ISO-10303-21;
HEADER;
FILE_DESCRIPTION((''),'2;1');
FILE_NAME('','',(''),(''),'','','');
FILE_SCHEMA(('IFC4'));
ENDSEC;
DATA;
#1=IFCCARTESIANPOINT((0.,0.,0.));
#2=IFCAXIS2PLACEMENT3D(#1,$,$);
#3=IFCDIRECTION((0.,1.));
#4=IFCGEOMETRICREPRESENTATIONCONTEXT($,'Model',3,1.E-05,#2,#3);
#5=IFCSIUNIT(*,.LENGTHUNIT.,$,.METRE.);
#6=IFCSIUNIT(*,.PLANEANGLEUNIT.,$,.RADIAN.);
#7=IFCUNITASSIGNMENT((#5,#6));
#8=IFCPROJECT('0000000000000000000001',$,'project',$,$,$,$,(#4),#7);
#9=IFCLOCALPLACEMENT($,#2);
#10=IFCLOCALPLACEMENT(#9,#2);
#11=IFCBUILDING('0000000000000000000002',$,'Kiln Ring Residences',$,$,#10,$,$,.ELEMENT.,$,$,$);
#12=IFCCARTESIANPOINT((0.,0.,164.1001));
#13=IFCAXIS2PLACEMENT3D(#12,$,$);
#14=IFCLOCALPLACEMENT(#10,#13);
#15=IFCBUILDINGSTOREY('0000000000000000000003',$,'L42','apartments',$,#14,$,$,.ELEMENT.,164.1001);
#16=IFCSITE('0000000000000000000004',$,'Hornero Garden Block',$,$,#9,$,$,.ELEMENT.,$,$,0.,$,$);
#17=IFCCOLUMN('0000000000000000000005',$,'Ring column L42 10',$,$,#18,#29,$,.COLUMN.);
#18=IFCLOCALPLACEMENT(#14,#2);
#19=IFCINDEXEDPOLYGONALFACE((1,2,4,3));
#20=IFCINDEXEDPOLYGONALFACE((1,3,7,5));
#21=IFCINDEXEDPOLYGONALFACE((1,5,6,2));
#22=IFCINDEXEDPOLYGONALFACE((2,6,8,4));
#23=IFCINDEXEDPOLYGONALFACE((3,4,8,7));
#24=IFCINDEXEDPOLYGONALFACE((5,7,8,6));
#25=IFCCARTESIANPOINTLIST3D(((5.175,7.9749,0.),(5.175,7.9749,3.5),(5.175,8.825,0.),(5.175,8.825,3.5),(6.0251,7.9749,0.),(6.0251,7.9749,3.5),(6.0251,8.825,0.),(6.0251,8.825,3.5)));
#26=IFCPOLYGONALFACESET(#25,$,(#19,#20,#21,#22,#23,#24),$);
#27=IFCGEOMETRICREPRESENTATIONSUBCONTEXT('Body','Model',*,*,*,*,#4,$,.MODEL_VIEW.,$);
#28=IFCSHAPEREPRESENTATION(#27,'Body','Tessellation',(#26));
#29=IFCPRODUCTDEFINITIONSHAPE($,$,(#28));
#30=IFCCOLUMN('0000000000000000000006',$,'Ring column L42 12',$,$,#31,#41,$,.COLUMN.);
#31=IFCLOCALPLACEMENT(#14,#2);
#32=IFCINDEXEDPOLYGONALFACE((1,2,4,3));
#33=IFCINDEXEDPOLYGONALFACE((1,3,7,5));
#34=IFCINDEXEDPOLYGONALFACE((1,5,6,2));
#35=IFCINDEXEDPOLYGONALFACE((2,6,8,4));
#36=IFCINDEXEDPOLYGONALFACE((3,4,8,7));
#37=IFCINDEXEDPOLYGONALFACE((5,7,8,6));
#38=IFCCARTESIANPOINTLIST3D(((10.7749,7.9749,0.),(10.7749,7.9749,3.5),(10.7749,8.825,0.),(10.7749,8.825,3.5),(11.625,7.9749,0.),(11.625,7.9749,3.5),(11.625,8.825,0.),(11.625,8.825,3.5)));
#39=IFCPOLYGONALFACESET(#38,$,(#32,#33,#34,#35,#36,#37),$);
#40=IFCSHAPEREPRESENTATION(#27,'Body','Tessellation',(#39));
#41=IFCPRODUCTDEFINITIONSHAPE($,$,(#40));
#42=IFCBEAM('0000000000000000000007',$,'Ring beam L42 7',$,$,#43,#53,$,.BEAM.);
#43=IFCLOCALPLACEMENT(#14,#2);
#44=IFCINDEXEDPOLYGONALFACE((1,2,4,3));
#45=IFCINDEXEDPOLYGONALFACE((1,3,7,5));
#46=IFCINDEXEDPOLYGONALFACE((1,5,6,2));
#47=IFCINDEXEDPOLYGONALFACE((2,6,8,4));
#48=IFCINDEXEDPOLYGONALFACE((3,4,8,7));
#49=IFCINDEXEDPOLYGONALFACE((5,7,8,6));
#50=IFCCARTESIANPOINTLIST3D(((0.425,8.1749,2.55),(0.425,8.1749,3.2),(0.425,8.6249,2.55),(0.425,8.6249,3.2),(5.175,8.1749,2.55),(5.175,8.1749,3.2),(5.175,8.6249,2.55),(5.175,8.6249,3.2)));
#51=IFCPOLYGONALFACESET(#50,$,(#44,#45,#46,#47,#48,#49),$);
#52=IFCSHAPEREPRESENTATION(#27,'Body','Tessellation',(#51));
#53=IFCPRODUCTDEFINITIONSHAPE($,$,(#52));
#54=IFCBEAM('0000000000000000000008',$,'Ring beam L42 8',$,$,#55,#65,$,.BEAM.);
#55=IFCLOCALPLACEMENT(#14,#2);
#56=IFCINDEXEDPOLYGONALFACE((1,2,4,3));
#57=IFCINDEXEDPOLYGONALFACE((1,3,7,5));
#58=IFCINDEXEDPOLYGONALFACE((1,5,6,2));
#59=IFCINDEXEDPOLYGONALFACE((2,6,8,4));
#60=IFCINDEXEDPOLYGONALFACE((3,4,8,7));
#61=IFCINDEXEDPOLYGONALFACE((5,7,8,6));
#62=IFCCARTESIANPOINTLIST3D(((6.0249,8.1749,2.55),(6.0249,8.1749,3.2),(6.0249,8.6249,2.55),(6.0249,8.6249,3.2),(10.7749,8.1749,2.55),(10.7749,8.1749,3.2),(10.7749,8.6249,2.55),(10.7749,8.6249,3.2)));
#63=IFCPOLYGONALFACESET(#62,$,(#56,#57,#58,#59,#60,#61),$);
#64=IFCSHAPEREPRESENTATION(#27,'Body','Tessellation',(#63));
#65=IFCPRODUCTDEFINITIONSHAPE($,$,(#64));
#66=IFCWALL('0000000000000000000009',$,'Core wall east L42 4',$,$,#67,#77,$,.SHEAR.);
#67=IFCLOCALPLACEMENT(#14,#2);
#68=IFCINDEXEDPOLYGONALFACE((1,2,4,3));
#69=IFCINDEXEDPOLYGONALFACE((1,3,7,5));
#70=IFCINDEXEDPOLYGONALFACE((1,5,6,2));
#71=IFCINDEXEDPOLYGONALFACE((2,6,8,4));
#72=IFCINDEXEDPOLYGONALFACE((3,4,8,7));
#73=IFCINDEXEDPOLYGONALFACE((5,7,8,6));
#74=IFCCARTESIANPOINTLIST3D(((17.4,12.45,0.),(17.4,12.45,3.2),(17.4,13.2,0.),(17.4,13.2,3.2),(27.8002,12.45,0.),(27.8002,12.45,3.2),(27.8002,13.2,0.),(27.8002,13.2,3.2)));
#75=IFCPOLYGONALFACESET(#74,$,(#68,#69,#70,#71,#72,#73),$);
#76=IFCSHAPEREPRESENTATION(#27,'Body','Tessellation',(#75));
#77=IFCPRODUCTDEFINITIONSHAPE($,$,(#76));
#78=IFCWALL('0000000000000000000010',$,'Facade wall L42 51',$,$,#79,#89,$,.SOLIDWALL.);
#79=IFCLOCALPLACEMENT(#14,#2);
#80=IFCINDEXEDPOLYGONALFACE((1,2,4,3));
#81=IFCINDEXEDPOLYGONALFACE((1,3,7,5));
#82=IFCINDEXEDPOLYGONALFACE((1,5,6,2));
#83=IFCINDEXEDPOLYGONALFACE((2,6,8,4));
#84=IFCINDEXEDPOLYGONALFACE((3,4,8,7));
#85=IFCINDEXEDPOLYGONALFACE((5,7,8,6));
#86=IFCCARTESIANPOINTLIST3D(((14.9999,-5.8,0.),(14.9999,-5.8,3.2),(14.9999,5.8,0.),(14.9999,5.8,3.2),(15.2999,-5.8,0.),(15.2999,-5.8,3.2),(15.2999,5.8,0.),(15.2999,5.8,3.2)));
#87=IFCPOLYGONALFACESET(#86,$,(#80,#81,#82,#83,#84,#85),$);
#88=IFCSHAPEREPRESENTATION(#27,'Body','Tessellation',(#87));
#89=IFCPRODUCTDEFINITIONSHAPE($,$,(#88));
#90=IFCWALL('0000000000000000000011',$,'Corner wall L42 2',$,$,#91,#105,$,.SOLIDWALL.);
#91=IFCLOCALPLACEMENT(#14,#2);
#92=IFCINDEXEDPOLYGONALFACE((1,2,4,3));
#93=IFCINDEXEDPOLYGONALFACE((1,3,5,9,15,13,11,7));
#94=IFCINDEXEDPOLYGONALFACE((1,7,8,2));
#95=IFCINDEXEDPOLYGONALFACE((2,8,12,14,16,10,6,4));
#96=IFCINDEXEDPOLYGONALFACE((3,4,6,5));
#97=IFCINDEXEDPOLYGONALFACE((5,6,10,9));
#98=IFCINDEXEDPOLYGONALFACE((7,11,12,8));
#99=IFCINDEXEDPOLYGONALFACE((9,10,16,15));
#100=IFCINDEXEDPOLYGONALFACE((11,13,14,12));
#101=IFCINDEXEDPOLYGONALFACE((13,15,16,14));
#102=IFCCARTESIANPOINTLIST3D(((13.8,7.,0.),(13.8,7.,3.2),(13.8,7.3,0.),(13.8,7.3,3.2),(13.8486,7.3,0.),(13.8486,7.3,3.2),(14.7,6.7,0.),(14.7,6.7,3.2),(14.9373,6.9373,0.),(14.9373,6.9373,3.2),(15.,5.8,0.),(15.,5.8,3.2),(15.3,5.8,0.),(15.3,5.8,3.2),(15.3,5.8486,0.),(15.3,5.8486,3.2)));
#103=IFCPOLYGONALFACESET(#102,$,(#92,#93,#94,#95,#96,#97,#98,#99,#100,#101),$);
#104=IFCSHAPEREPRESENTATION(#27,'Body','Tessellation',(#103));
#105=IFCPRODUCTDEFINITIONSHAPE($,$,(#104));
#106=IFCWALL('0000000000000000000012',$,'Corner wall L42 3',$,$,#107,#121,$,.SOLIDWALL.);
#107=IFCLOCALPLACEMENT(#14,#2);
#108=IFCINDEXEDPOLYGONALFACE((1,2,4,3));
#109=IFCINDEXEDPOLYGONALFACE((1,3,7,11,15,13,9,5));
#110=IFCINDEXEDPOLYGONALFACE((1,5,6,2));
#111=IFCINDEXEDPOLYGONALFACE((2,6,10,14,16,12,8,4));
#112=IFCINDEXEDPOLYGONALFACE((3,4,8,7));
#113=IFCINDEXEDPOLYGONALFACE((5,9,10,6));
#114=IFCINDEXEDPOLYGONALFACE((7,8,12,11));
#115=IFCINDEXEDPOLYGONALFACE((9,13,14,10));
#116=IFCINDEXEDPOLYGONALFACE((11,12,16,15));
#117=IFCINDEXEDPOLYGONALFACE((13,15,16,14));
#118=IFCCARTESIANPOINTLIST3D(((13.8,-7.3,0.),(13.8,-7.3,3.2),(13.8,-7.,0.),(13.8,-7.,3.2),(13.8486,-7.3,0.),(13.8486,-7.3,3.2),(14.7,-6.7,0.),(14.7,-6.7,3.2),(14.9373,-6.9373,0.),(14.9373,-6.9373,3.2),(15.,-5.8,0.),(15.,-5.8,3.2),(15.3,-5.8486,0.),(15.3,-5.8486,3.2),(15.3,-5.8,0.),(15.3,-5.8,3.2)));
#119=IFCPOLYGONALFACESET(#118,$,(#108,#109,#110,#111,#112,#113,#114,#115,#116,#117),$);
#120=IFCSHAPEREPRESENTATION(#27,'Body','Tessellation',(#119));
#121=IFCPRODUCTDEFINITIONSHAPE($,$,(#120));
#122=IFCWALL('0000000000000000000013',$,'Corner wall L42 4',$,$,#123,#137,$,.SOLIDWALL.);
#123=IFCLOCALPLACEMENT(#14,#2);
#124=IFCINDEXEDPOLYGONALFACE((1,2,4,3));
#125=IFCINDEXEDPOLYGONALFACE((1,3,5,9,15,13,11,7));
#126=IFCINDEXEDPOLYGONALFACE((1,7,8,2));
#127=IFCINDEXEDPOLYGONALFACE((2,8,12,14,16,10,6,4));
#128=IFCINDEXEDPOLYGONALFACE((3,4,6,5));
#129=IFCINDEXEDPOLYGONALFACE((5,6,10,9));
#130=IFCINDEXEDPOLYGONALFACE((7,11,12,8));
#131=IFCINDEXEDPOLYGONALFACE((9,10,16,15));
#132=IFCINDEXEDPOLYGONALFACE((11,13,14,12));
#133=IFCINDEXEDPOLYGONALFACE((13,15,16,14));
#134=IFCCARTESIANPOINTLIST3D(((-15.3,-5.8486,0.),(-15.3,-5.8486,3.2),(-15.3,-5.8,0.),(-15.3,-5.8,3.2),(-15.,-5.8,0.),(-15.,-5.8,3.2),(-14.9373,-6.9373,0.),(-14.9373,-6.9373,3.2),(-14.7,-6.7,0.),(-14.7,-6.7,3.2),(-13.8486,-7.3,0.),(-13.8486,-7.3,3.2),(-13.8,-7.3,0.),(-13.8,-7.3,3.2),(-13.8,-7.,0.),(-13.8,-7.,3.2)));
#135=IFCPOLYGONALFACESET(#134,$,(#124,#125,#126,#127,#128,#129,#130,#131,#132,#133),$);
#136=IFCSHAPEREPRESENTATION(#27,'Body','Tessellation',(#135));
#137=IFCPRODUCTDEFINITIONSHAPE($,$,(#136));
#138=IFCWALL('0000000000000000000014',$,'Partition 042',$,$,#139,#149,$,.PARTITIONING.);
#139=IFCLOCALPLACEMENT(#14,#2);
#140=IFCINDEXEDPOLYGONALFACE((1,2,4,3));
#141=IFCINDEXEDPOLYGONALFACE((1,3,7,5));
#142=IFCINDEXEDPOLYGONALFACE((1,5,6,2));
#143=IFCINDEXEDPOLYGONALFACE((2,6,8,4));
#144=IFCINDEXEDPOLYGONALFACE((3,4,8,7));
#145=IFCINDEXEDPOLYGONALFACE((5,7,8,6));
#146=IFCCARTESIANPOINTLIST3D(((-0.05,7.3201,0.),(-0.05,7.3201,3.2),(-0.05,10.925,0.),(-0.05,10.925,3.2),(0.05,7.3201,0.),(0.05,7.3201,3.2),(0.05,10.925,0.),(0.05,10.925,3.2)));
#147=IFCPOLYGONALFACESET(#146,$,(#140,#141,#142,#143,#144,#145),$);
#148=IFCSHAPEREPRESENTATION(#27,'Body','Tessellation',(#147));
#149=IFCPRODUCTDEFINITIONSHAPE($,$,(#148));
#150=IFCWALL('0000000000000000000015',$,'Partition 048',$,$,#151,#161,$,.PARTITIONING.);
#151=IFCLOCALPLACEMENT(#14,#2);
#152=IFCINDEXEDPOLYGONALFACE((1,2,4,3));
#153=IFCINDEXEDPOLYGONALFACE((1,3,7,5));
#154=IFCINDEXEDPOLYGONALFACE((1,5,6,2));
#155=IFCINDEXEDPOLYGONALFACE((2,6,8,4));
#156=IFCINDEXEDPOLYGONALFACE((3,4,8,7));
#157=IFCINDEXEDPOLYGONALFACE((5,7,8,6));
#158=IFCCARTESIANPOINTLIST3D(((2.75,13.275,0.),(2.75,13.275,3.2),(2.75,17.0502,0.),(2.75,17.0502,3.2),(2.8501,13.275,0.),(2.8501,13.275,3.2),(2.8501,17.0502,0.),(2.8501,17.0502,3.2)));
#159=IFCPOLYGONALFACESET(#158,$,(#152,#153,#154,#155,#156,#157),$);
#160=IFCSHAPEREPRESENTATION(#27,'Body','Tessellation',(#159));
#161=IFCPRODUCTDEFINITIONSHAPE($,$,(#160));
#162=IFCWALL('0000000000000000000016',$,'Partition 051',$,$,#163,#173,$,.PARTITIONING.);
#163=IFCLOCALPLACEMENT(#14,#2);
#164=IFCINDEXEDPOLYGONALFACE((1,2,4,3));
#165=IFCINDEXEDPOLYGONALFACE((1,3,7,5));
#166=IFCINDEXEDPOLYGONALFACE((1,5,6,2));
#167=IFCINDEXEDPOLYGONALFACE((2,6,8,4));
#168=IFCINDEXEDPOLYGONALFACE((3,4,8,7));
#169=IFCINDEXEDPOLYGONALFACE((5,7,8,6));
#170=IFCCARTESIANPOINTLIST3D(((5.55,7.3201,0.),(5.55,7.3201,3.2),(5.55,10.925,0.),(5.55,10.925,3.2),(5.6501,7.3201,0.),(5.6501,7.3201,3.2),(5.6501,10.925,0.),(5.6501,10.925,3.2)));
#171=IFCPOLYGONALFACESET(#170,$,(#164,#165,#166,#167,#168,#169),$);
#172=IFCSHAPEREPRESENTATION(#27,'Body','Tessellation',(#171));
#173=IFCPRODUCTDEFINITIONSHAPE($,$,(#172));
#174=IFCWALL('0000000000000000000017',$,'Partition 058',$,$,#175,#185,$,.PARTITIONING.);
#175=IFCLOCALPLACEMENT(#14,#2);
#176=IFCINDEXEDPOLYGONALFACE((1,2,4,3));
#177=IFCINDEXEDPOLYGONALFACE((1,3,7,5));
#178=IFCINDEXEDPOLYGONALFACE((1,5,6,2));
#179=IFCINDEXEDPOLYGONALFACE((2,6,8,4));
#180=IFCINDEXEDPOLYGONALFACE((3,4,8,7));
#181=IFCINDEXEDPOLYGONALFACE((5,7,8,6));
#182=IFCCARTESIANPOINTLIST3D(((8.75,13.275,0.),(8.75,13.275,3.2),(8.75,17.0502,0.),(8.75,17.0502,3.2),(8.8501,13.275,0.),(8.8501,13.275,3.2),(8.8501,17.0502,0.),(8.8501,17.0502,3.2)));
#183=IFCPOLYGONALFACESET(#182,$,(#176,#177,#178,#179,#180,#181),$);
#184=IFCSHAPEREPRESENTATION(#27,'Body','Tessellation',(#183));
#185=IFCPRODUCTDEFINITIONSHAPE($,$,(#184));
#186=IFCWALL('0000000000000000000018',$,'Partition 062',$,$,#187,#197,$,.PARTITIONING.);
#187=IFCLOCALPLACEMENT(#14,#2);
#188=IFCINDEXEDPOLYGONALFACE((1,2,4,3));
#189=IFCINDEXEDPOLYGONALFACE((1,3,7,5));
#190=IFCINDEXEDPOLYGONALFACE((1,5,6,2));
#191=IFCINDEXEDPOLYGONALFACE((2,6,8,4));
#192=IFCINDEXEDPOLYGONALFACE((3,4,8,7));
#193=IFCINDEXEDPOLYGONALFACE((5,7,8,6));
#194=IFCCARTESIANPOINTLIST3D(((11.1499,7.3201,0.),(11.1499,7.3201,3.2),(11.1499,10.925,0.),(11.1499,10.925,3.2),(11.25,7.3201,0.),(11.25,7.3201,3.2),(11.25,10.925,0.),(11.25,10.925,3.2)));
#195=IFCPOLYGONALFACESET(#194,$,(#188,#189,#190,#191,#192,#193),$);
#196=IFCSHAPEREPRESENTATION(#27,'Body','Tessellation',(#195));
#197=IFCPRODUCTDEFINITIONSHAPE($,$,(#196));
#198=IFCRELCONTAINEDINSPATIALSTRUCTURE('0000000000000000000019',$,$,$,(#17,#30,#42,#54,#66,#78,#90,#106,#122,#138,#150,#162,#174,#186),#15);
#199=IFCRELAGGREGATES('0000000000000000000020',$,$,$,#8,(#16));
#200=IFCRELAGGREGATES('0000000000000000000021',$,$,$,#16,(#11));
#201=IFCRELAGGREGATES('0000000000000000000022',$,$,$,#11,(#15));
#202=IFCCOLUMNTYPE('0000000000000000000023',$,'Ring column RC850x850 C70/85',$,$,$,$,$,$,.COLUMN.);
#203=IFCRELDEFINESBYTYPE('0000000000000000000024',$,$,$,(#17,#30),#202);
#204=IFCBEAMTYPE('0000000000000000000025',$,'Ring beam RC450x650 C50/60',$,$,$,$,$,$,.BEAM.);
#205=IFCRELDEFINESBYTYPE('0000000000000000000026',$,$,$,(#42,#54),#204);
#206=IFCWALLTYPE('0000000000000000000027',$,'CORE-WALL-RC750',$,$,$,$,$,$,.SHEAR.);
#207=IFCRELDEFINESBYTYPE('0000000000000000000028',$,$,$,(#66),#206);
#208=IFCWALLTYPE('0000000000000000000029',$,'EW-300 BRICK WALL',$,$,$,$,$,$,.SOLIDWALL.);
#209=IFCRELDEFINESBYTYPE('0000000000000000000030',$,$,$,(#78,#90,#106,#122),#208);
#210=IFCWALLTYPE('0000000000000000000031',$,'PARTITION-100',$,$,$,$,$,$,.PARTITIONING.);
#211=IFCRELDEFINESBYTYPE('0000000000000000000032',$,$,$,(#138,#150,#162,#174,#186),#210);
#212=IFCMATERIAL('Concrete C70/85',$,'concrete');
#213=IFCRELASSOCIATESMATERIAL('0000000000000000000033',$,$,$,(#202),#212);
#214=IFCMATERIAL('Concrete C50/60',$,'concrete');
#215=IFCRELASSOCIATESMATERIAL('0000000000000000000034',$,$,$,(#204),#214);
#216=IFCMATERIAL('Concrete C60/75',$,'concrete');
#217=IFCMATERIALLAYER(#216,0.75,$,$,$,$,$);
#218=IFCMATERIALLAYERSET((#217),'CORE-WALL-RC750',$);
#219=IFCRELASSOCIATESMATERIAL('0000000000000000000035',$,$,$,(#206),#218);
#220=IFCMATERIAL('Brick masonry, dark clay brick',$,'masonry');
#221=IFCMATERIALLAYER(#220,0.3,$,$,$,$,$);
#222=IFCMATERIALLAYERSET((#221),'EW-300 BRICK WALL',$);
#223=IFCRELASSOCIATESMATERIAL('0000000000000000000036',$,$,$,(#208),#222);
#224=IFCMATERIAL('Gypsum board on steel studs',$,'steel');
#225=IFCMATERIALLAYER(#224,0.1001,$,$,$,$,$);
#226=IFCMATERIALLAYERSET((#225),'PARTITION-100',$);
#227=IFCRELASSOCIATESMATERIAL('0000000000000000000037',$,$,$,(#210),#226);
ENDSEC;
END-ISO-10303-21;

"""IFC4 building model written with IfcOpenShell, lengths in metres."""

from ifc_helpers import new_model, si_unit, direction, frame, frame_2d, origin, origin_2d, place, context, subcontext, project, spatial, polyline, rectangle, outline, extrude, material, layer, layer_set, material_profile, profile_set, type_object, element, save


model = new_model("IFC4")

# Units and contexts
model_context = context("Model", 3, precision=1e-05, world=origin(), true_north=direction((0.0, 1.0)))
body_context = subcontext(model_context, "Body", "Model", "MODEL_VIEW")
ifc_project = project(units=[si_unit("LENGTHUNIT", "METRE"), si_unit("PLANEANGLEUNIT", "RADIAN")], contexts=[model_context])

# Site, building, storey
site_placement = place(None, origin())
site = spatial("IfcSite", under=ifc_project, at=site_placement, Name="Hornero Garden Block", CompositionType="ELEMENT", RefElevation=0.0)
building_placement = place(site_placement, origin())
building = spatial("IfcBuilding", under=site, at=building_placement, Name="Kiln Ring Residences", CompositionType="ELEMENT")
storey_placement = place(building_placement, frame((0.0, 0.0, 164.1001)))
storey = spatial("IfcBuildingStorey", under=building, at=storey_placement, Name="L42", Description="apartments", CompositionType="ELEMENT", Elevation=164.1001)

# Columns
ifc_material_1 = material(Name="Concrete C70/85", Category="concrete")
ifc_material_profile_1 = material_profile(ifc_material_1, rectangle(XDim=0.8501, YDim=0.8501, at=origin_2d()), Name="RC850x850")
ifc_profile_set_1 = profile_set([ifc_material_profile_1], Name="Concrete C70/85")
column_type = type_object("IfcColumnType", Name="Ring column RC850x850 C70/85", PredefinedType="COLUMN", material=ifc_profile_set_1)
for number, where, z_axis, x_axis, name in (
    (1, (5.6001, 8.3999, 0.0), (0.0, 0.0, 1.0), (1.0, 0.0, 0.0), "Ring column L42 10"),
    (2, (11.2, 8.3999, 0.0), (0.0, 0.0, 1.0), (1.0, 0.0, 0.0), "Ring column L42 12"),
):
    element("IfcColumn", number, at=place(storey_placement, frame(where, z_axis=z_axis, x_axis=x_axis)), inside=storey, type_object=column_type, Name=name, PredefinedType="COLUMN", context=body_context, shape_type="SweptSolid", body=[
        extrude(rectangle(XDim=0.8501, YDim=0.8501, at=origin_2d()), origin(), (0.0, 0.0, 1.0), 3.5),
    ])

# Beams
ifc_material_2 = material(Name="Concrete C50/60", Category="concrete")
ifc_material_profile_2 = material_profile(ifc_material_2, rectangle(XDim=0.45, YDim=0.6499, at=origin_2d()), Name="RC450x650")
ifc_profile_set_2 = profile_set([ifc_material_profile_2], Name="Concrete C50/60")
beam_type = type_object("IfcBeamType", Name="Ring beam RC450x650 C50/60", PredefinedType="BEAM", material=ifc_profile_set_2)
for number, where, z_axis, x_axis, name in (
    (3, (0.425, 8.3999, 2.875), (1.0, 0.0, 0.0), (0.0, 1.0, 0.0), "Ring beam L42 7"),
    (4, (6.0249, 8.3999, 2.875), (1.0, 0.0, 0.0), (0.0, 1.0, 0.0), "Ring beam L42 8"),
):
    element("IfcBeam", number, at=place(storey_placement, frame(where, z_axis=z_axis, x_axis=x_axis)), inside=storey, type_object=beam_type, Name=name, PredefinedType="BEAM", context=body_context, shape_type="SweptSolid", body=[
        extrude(rectangle(XDim=0.45, YDim=0.6499, at=origin_2d()), origin(), (0.0, 0.0, 1.0), 4.75),
    ])

# Walls
ifc_material_3 = material(Name="Concrete C60/75", Category="concrete")
ifc_layer_1 = layer(ifc_material_3, 0.75)
ifc_layer_set_1 = layer_set([ifc_layer_1], Name="CORE-WALL-RC750")
wall_type_1 = type_object("IfcWallType", Name="CORE-WALL-RC750", PredefinedType="SHEAR", material=ifc_layer_set_1)
wall_1_placement = place(storey_placement, frame((17.3999, 12.825, 0.0), z_axis=(0.0, 0.0, 1.0), x_axis=(1.0, 0.0, 0.0)))
element("IfcWall", 5, at=wall_1_placement, inside=storey, type_object=wall_type_1, Name="Core wall east L42 4", PredefinedType="SHEAR", context=body_context, shape_type="SweptSolid", body=[
    extrude(rectangle(XDim=10.4001, YDim=0.75, at=frame_2d((5.2002, 0.0))), origin(), (0.0, 0.0, 1.0), 3.2),
])
ifc_material_4 = material(Name="Brick masonry, dark clay brick", Category="masonry")
ifc_layer_2 = layer(ifc_material_4, 0.3)
ifc_layer_set_2 = layer_set([ifc_layer_2], Name="EW-300 BRICK WALL")
wall_type_2 = type_object("IfcWallType", Name="EW-300 BRICK WALL", PredefinedType="SOLIDWALL", material=ifc_layer_set_2)
wall_2_placement = place(storey_placement, frame((15.1499, 5.8, 0.0), z_axis=(0.0, 0.0, 1.0), x_axis=(0.0, -1.0, 0.0)))
element("IfcWall", 6, at=wall_2_placement, inside=storey, type_object=wall_type_2, Name="Facade wall L42 51", PredefinedType="SOLIDWALL", context=body_context, shape_type="SweptSolid", body=[
    extrude(rectangle(XDim=11.6001, YDim=0.3, at=frame_2d((5.8, 0.0))), origin(), (0.0, 0.0, 1.0), 3.2),
])
placement = place(storey_placement, origin())
element("IfcWall", 7, at=placement, inside=storey, type_object=wall_type_2, Name="Corner wall L42 2", PredefinedType="SOLIDWALL", context=body_context, shape_type="SweptSolid", body=[
    extrude(outline(polyline([(14.9373, 6.9373), (13.8486, 7.3), (13.8, 7.3), (13.8, 7.0), (14.7, 6.7), (15.0, 5.8), (15.3, 5.8), (15.3, 5.8486), (14.9373, 6.9373)])), origin(), (0.0, 0.0, 1.0), 3.2),
])
element("IfcWall", 8, at=placement, inside=storey, type_object=wall_type_2, Name="Corner wall L42 3", PredefinedType="SOLIDWALL", context=body_context, shape_type="SweptSolid", body=[
    extrude(outline(polyline([(14.9373, -6.9373), (15.3, -5.8486), (15.3, -5.8), (15.0, -5.8), (14.7, -6.7), (13.8, -7.0), (13.8, -7.3), (13.8486, -7.3), (14.9373, -6.9373)])), origin(), (0.0, 0.0, 1.0), 3.2),
])
element("IfcWall", 9, at=placement, inside=storey, type_object=wall_type_2, Name="Corner wall L42 4", PredefinedType="SOLIDWALL", context=body_context, shape_type="SweptSolid", body=[
    extrude(outline(polyline([(-14.9373, -6.9373), (-13.8486, -7.3), (-13.8, -7.3), (-13.8, -7.0), (-14.7, -6.7), (-15.0, -5.8), (-15.3, -5.8), (-15.3, -5.8486), (-14.9373, -6.9373)])), origin(), (0.0, 0.0, 1.0), 3.2),
])
ifc_material_5 = material(Name="Gypsum board on steel studs", Category="steel")
ifc_layer_3 = layer(ifc_material_5, 0.1001)
ifc_layer_set_3 = layer_set([ifc_layer_3], Name="PARTITION-100")
wall_type_3 = type_object("IfcWallType", Name="PARTITION-100", PredefinedType="PARTITIONING", material=ifc_layer_set_3)
wall_3_placement = place(storey_placement, frame((0.0, 7.3201, 0.0), z_axis=(0.0, 0.0, 1.0), x_axis=(0.0, 1.0, 0.0)))
element("IfcWall", 10, at=wall_3_placement, inside=storey, type_object=wall_type_3, Name="Partition 042", PredefinedType="PARTITIONING", context=body_context, shape_type="SweptSolid", body=[
    extrude(rectangle(XDim=3.605, YDim=0.1001, at=frame_2d((1.8025, 0.0))), origin(), (0.0, 0.0, 1.0), 3.2),
])
wall_4_placement = place(storey_placement, frame((2.8, 13.2749, 0.0), z_axis=(0.0, 0.0, 1.0), x_axis=(0.0, 1.0, 0.0)))
element("IfcWall", 11, at=wall_4_placement, inside=storey, type_object=wall_type_3, Name="Partition 048", PredefinedType="PARTITIONING", context=body_context, shape_type="SweptSolid", body=[
    extrude(rectangle(XDim=3.7751, YDim=0.1001, at=frame_2d((1.8877, 0.0))), origin(), (0.0, 0.0, 1.0), 3.2),
])
wall_5_placement = place(storey_placement, frame((5.6001, 7.3201, 0.0), z_axis=(0.0, 0.0, 1.0), x_axis=(0.0, 1.0, 0.0)))
element("IfcWall", 12, at=wall_5_placement, inside=storey, type_object=wall_type_3, Name="Partition 051", PredefinedType="PARTITIONING", context=body_context, shape_type="SweptSolid", body=[
    extrude(rectangle(XDim=3.605, YDim=0.1001, at=frame_2d((1.8025, 0.0))), origin(), (0.0, 0.0, 1.0), 3.2),
])
wall_6_placement = place(storey_placement, frame((8.8, 13.2749, 0.0), z_axis=(0.0, 0.0, 1.0), x_axis=(0.0, 1.0, 0.0)))
element("IfcWall", 13, at=wall_6_placement, inside=storey, type_object=wall_type_3, Name="Partition 058", PredefinedType="PARTITIONING", context=body_context, shape_type="SweptSolid", body=[
    extrude(rectangle(XDim=3.7751, YDim=0.1001, at=frame_2d((1.8877, 0.0))), origin(), (0.0, 0.0, 1.0), 3.2),
])
wall_7_placement = place(storey_placement, frame((11.2, 7.3201, 0.0), z_axis=(0.0, 0.0, 1.0), x_axis=(0.0, 1.0, 0.0)))
element("IfcWall", 14, at=wall_7_placement, inside=storey, type_object=wall_type_3, Name="Partition 062", PredefinedType="PARTITIONING", context=body_context, shape_type="SweptSolid", body=[
    extrude(rectangle(XDim=3.605, YDim=0.1001, at=frame_2d((1.8025, 0.0))), origin(), (0.0, 0.0, 1.0), 3.2),
])

save(model, "model.ifc")
